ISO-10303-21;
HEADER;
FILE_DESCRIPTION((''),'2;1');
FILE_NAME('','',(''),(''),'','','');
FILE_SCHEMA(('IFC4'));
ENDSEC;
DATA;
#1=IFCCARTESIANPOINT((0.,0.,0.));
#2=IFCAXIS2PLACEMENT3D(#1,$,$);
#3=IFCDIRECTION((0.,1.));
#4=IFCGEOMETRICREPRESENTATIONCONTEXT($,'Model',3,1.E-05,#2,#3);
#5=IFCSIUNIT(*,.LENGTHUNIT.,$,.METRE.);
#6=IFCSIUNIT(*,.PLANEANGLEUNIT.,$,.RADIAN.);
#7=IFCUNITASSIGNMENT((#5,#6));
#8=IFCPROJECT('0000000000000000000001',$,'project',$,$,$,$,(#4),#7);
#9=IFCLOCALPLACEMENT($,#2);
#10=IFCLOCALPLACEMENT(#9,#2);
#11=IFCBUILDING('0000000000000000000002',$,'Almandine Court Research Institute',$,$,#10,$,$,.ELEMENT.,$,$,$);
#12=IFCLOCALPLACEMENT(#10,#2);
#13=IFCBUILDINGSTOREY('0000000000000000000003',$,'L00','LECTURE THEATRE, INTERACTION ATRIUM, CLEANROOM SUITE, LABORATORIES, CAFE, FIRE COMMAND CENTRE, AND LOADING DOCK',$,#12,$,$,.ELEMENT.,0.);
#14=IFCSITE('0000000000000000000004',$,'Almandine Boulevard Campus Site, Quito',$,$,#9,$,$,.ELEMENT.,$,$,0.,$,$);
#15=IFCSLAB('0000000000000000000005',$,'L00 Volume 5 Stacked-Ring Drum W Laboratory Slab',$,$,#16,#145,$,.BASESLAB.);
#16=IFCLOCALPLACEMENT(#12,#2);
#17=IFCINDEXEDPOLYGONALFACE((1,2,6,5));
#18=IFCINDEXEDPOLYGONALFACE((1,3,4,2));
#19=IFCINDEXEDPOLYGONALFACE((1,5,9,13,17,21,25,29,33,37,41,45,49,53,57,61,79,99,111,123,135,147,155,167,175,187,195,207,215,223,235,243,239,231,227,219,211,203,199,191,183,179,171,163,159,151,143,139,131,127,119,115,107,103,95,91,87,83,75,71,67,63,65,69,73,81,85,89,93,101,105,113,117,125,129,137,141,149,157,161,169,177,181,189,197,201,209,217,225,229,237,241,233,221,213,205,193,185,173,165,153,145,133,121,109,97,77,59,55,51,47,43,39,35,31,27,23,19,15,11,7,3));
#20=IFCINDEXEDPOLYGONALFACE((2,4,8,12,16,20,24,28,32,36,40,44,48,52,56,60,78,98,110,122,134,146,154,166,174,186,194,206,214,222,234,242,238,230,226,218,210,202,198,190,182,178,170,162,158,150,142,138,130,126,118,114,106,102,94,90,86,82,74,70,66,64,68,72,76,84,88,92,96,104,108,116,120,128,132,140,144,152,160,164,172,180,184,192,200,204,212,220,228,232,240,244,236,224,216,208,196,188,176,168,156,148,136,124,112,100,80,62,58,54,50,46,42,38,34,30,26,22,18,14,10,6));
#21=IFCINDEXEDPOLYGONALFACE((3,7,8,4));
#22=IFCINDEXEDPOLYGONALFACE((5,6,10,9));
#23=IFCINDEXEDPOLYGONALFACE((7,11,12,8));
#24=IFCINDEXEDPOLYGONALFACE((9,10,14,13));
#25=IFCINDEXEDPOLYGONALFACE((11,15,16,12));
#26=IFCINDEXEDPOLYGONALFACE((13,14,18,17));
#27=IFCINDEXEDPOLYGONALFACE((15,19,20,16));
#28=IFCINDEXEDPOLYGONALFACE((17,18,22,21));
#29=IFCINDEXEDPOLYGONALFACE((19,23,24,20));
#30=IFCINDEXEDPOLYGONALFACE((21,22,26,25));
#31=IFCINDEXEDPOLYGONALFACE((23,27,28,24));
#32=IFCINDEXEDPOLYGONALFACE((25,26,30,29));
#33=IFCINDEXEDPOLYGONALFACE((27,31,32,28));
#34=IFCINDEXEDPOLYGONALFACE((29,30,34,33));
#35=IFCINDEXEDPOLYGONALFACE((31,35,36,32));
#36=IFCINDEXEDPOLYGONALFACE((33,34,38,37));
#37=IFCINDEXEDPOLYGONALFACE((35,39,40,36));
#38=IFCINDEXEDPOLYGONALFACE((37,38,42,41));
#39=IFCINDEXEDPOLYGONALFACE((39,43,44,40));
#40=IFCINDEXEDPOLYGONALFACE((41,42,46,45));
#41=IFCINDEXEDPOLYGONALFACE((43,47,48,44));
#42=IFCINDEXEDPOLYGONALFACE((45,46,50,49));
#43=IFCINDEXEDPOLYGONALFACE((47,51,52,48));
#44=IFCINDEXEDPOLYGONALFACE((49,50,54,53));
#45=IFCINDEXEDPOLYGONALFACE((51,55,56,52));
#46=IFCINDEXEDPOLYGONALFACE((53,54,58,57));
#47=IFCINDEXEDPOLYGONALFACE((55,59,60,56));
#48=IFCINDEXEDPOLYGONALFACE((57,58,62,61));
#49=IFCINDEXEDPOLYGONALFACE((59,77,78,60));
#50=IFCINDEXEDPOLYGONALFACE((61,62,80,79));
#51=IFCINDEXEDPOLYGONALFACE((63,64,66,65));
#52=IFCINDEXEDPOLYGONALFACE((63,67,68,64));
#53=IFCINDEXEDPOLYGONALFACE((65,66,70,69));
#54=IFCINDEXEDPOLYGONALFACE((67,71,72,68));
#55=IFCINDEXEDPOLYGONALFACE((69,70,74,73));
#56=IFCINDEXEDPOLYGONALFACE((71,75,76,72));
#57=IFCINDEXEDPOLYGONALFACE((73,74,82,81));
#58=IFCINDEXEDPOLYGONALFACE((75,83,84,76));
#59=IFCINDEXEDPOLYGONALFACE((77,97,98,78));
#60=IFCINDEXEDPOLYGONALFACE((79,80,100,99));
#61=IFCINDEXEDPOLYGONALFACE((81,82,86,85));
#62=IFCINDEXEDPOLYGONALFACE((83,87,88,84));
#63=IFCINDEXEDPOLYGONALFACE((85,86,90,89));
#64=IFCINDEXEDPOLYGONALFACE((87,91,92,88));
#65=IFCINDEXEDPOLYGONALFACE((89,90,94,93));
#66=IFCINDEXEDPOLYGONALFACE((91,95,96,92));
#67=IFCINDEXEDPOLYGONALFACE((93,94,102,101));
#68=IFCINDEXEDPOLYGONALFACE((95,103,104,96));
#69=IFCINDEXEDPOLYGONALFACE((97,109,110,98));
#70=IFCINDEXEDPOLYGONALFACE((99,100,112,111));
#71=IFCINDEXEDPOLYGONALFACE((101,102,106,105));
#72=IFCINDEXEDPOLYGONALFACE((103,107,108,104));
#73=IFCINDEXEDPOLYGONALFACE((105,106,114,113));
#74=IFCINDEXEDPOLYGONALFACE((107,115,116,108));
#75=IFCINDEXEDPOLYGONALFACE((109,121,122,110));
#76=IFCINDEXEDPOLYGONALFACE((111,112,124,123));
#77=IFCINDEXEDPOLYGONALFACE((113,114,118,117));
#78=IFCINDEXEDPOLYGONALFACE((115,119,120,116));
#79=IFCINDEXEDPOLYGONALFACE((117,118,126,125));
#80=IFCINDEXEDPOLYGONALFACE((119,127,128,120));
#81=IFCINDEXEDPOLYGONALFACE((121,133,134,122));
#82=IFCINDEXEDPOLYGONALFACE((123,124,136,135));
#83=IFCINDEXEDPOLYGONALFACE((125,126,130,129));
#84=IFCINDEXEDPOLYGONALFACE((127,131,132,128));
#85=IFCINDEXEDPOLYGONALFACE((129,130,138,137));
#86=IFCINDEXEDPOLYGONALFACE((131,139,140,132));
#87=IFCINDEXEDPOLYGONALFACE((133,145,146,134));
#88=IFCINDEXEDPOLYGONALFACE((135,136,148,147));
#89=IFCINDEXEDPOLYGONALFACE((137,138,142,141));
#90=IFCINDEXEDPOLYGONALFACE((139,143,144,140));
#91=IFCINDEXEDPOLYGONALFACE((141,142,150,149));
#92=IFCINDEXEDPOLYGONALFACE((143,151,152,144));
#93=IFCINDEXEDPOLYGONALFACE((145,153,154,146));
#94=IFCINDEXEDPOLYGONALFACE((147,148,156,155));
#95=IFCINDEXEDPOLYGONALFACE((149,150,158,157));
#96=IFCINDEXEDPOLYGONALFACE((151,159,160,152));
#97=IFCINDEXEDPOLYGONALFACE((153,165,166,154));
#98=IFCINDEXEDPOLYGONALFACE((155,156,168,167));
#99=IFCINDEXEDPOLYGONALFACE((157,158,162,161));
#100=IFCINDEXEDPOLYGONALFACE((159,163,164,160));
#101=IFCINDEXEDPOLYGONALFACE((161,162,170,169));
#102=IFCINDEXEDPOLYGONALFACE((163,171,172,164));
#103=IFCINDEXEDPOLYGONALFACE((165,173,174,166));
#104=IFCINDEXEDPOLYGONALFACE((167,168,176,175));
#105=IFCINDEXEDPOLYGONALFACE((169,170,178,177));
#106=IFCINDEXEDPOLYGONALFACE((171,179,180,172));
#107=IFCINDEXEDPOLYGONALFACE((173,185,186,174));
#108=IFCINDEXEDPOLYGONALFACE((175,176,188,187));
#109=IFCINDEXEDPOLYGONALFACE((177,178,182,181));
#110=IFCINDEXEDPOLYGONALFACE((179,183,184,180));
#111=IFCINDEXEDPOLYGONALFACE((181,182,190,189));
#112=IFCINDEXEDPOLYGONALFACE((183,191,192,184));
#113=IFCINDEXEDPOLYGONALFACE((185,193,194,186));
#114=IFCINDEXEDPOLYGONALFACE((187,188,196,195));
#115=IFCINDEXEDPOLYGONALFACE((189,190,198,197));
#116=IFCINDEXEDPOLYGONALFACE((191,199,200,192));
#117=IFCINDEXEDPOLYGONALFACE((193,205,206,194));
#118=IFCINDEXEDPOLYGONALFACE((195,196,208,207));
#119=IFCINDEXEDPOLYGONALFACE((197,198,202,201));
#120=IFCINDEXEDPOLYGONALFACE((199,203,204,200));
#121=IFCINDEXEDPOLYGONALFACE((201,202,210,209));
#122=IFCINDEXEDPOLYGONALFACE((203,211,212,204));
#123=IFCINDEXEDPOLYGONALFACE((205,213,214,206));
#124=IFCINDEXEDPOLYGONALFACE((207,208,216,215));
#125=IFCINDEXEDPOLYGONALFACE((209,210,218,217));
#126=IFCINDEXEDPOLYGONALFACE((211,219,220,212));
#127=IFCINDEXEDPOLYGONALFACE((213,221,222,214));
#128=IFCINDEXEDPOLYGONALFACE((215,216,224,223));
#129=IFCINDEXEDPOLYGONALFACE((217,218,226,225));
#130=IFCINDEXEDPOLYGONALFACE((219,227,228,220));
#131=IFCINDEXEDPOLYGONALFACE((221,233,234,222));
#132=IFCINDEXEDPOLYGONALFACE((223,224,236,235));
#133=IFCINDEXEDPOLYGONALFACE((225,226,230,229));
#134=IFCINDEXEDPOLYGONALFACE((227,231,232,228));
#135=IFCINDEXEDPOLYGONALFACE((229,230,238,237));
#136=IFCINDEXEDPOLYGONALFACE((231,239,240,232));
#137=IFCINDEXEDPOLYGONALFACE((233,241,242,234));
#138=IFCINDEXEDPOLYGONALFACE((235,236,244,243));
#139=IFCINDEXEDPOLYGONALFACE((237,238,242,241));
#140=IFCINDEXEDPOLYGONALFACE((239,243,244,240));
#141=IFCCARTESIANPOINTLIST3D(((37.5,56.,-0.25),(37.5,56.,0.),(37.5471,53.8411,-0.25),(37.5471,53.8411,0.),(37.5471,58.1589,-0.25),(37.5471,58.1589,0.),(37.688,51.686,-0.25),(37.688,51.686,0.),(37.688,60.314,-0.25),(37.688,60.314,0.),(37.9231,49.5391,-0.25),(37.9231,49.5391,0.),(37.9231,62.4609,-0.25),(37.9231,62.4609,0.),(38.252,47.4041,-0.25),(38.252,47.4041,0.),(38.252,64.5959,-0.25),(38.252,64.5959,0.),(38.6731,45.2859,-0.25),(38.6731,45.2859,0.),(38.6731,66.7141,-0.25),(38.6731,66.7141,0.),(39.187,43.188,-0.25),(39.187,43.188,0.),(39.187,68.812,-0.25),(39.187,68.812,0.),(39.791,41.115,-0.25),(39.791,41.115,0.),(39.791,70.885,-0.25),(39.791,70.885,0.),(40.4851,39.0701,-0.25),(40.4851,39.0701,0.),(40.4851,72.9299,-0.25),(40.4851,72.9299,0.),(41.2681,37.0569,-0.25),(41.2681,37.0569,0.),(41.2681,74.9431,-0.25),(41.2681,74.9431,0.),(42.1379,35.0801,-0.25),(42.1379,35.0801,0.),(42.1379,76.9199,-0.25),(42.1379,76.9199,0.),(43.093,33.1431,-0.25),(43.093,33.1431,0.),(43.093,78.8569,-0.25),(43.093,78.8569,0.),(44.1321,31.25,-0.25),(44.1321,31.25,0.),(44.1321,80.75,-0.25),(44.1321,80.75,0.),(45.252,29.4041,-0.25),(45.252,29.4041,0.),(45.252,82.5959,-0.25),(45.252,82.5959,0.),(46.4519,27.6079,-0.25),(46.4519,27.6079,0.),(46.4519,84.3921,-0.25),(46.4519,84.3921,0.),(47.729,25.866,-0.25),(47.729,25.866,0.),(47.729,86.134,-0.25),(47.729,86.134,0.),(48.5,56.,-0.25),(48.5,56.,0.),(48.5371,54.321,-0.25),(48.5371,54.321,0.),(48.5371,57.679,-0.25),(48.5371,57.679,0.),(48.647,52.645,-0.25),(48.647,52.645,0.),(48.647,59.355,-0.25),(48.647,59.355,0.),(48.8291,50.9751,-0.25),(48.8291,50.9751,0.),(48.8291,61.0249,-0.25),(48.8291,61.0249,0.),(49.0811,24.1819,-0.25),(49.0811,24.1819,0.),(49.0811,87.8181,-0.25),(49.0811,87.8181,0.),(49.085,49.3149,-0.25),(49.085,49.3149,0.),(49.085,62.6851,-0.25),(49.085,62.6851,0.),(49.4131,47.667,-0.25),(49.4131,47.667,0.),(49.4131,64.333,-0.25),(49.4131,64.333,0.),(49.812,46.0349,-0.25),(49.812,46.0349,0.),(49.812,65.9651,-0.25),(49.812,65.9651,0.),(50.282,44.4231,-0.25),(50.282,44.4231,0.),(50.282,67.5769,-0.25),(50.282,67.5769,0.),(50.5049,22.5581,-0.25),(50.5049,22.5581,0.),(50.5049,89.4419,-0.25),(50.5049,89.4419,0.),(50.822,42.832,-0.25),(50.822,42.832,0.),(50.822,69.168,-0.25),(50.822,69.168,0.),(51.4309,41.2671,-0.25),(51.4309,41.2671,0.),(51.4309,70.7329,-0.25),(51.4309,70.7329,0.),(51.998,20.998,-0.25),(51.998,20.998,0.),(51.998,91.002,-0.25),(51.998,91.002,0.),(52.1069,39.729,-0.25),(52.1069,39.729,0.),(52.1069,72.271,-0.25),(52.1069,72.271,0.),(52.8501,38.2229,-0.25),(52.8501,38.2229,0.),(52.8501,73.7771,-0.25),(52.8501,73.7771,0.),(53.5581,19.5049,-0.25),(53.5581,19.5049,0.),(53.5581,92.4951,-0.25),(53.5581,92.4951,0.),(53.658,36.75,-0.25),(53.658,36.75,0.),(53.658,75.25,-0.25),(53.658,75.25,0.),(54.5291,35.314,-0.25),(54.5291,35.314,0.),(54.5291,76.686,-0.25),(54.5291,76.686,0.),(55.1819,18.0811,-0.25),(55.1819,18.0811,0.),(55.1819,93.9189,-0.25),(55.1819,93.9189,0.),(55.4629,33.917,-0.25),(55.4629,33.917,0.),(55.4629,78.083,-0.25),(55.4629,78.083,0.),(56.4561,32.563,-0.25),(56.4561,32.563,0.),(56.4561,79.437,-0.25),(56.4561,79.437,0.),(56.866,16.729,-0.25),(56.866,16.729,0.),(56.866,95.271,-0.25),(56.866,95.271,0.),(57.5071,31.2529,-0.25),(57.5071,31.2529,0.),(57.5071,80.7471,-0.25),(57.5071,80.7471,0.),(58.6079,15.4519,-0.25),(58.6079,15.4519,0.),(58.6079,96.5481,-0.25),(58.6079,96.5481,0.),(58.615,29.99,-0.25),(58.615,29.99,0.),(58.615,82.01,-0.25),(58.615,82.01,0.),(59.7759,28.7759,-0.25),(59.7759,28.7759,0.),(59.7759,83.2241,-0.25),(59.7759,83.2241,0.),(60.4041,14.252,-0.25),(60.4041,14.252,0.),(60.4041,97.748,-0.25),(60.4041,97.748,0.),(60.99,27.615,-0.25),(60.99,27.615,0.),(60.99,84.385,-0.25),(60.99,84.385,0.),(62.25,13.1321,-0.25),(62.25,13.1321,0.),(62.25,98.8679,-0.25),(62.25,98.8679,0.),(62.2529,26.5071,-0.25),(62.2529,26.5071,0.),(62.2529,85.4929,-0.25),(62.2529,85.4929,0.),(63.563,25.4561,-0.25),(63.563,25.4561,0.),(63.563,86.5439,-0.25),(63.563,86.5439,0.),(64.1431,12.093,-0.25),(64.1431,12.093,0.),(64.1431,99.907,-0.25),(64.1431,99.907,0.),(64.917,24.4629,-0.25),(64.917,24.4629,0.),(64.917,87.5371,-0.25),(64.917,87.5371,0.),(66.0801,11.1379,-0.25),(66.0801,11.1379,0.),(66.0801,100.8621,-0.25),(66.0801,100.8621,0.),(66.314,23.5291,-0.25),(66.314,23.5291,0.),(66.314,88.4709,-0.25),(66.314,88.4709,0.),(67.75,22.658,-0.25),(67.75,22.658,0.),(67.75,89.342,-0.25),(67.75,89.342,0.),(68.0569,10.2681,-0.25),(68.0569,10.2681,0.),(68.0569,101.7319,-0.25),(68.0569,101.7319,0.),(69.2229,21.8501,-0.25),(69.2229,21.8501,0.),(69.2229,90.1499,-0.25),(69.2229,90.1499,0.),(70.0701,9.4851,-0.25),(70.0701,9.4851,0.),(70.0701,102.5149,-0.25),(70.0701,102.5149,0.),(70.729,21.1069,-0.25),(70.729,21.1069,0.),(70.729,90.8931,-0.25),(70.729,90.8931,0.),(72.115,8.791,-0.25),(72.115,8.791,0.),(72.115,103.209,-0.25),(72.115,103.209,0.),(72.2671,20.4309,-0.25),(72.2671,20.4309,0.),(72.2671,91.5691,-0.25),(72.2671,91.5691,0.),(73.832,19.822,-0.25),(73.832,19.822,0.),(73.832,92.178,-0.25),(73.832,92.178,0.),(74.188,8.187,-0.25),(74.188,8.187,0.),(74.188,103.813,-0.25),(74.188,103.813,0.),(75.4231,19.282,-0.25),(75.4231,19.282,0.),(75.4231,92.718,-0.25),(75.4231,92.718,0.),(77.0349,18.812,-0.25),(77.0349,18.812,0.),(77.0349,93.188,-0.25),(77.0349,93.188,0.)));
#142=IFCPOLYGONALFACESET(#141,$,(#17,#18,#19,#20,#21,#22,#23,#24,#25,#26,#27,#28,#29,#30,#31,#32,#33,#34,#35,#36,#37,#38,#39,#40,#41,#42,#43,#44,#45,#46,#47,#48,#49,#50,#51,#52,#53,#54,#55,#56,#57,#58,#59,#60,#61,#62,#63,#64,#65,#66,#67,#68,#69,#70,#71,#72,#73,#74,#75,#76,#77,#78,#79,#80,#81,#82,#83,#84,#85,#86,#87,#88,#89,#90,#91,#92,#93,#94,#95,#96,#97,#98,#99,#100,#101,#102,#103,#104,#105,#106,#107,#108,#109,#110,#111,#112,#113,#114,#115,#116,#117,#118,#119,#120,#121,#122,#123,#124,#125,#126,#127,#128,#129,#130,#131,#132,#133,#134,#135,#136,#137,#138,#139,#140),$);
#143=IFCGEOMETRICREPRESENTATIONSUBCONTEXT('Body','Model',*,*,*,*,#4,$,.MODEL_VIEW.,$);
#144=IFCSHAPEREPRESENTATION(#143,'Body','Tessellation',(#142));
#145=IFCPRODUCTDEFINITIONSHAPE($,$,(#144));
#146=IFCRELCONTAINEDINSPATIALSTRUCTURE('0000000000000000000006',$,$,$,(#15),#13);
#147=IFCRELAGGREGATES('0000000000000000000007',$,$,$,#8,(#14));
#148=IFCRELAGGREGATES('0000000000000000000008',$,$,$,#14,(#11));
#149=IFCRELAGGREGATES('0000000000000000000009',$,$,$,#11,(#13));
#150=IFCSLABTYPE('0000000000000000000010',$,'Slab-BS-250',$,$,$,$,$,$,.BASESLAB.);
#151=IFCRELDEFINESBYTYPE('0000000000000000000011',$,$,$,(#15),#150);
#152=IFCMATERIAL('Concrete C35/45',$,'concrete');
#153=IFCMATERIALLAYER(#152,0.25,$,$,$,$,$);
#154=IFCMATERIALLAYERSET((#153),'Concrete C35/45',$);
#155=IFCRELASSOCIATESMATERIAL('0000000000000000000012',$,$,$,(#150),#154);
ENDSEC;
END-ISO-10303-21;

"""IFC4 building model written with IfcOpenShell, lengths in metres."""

from ifc_helpers import new_model, si_unit, direction, frame, origin, place, context, subcontext, project, spatial, polyline, outline, extrude, material, layer, layer_set, type_object, element, save


model = new_model("IFC4")

# Units and contexts
model_context = context("Model", 3, precision=1e-05, world=origin(), true_north=direction((0.0, 1.0)))
body_context = subcontext(model_context, "Body", "Model", "MODEL_VIEW")
ifc_project = project(units=[si_unit("LENGTHUNIT", "METRE"), si_unit("PLANEANGLEUNIT", "RADIAN")], contexts=[model_context])

# Site, building, storey
site_placement = place(None, origin())
site = spatial("IfcSite", under=ifc_project, at=site_placement, Name="Almandine Boulevard Campus Site, Quito", CompositionType="ELEMENT", RefElevation=0.0)
building_placement = place(site_placement, origin())
building = spatial("IfcBuilding", under=site, at=building_placement, Name="Almandine Court Research Institute", CompositionType="ELEMENT")
storey_placement = place(building_placement, origin())
storey = spatial("IfcBuildingStorey", under=building, at=storey_placement, Name="L00", Description="LECTURE THEATRE, INTERACTION ATRIUM, CLEANROOM SUITE, LABORATORIES, CAFE, FIRE COMMAND CENTRE, AND LOADING DOCK", CompositionType="ELEMENT", Elevation=0.0)

# Slab
ifc_material = material(Name="Concrete C35/45", Category="concrete")
ifc_layer_1 = layer(ifc_material, 0.25)
ifc_layer_set_1 = layer_set([ifc_layer_1], Name="Concrete C35/45")
slab_type_1 = type_object("IfcSlabType", Name="Slab-BS-250", PredefinedType="BASESLAB", material=ifc_layer_set_1)
slab_1_placement = place(storey_placement, frame((0.0, 0.0, -0.25)))
element("IfcSlab", 1, at=slab_1_placement, inside=storey, type_object=slab_type_1, Name="L00 Volume 5 Stacked-Ring Drum W Laboratory Slab", PredefinedType="BASESLAB", context=body_context, shape_type="SweptSolid", body=[
    extrude(outline(polyline([(74.188, 103.813), (72.115, 103.209), (70.0701, 102.5149), (68.0569, 101.7319), (66.0801, 100.8621), (64.1431, 99.907), (62.25, 98.8679), (60.4041, 97.748), (58.6079, 96.5481), (56.866, 95.271), (55.1819, 93.9189), (53.5581, 92.4951), (51.998, 91.002), (50.5049, 89.4419), (49.0811, 87.8181), (47.729, 86.134), (46.4519, 84.3921), (45.252, 82.5959), (44.1321, 80.75), (43.093, 78.8569), (42.1379, 76.9199), (41.2681, 74.9431), (40.4851, 72.9299), (39.791, 70.885), (39.187, 68.812), (38.6731, 66.7141), (38.252, 64.5959), (37.9231, 62.4609), (37.688, 60.314), (37.5471, 58.1589), (37.5, 56.0), (37.5471, 53.8411), (37.688, 51.686), (37.9231, 49.5391), (38.252, 47.4041), (38.6731, 45.2859), (39.187, 43.188), (39.791, 41.115), (40.4851, 39.0701), (41.2681, 37.0569), (42.1379, 35.0801), (43.093, 33.1431), (44.1321, 31.25), (45.252, 29.4041), (46.4519, 27.6079), (47.729, 25.866), (49.0811, 24.1819), (50.5049, 22.5581), (51.998, 20.998), (53.5581, 19.5049), (55.1819, 18.0811), (56.866, 16.729), (58.6079, 15.4519), (60.4041, 14.252), (62.25, 13.1321), (64.1431, 12.093), (66.0801, 11.1379), (68.0569, 10.2681), (70.0701, 9.4851), (72.115, 8.791), (74.188, 8.187), (77.0349, 18.812), (75.4231, 19.282), (73.832, 19.822), (72.2671, 20.4309), (70.729, 21.1069), (69.2229, 21.8501), (67.75, 22.658), (66.314, 23.5291), (64.917, 24.4629), (63.563, 25.4561), (62.2529, 26.5071), (60.99, 27.615), (59.7759, 28.7759), (58.615, 29.99), (57.5071, 31.2529), (56.4561, 32.563), (55.4629, 33.917), (54.5291, 35.314), (53.658, 36.75), (52.8501, 38.2229), (52.1069, 39.729), (51.4309, 41.2671), (50.822, 42.832), (50.282, 44.4231), (49.812, 46.0349), (49.4131, 47.667), (49.085, 49.3149), (48.8291, 50.9751), (48.647, 52.645), (48.5371, 54.321), (48.5, 56.0), (48.5371, 57.679), (48.647, 59.355), (48.8291, 61.0249), (49.085, 62.6851), (49.4131, 64.333), (49.812, 65.9651), (50.282, 67.5769), (50.822, 69.168), (51.4309, 70.7329), (52.1069, 72.271), (52.8501, 73.7771), (53.658, 75.25), (54.5291, 76.686), (55.4629, 78.083), (56.4561, 79.437), (57.5071, 80.7471), (58.615, 82.01), (59.7759, 83.2241), (60.99, 84.385), (62.2529, 85.4929), (63.563, 86.5439), (64.917, 87.5371), (66.314, 88.4709), (67.75, 89.342), (69.2229, 90.1499), (70.729, 90.8931), (72.2671, 91.5691), (73.832, 92.178), (75.4231, 92.718), (77.0349, 93.188), (74.188, 103.813)])), origin(), (0.0, 0.0, 1.0), 0.25),
])

save(model, "model.ifc")
